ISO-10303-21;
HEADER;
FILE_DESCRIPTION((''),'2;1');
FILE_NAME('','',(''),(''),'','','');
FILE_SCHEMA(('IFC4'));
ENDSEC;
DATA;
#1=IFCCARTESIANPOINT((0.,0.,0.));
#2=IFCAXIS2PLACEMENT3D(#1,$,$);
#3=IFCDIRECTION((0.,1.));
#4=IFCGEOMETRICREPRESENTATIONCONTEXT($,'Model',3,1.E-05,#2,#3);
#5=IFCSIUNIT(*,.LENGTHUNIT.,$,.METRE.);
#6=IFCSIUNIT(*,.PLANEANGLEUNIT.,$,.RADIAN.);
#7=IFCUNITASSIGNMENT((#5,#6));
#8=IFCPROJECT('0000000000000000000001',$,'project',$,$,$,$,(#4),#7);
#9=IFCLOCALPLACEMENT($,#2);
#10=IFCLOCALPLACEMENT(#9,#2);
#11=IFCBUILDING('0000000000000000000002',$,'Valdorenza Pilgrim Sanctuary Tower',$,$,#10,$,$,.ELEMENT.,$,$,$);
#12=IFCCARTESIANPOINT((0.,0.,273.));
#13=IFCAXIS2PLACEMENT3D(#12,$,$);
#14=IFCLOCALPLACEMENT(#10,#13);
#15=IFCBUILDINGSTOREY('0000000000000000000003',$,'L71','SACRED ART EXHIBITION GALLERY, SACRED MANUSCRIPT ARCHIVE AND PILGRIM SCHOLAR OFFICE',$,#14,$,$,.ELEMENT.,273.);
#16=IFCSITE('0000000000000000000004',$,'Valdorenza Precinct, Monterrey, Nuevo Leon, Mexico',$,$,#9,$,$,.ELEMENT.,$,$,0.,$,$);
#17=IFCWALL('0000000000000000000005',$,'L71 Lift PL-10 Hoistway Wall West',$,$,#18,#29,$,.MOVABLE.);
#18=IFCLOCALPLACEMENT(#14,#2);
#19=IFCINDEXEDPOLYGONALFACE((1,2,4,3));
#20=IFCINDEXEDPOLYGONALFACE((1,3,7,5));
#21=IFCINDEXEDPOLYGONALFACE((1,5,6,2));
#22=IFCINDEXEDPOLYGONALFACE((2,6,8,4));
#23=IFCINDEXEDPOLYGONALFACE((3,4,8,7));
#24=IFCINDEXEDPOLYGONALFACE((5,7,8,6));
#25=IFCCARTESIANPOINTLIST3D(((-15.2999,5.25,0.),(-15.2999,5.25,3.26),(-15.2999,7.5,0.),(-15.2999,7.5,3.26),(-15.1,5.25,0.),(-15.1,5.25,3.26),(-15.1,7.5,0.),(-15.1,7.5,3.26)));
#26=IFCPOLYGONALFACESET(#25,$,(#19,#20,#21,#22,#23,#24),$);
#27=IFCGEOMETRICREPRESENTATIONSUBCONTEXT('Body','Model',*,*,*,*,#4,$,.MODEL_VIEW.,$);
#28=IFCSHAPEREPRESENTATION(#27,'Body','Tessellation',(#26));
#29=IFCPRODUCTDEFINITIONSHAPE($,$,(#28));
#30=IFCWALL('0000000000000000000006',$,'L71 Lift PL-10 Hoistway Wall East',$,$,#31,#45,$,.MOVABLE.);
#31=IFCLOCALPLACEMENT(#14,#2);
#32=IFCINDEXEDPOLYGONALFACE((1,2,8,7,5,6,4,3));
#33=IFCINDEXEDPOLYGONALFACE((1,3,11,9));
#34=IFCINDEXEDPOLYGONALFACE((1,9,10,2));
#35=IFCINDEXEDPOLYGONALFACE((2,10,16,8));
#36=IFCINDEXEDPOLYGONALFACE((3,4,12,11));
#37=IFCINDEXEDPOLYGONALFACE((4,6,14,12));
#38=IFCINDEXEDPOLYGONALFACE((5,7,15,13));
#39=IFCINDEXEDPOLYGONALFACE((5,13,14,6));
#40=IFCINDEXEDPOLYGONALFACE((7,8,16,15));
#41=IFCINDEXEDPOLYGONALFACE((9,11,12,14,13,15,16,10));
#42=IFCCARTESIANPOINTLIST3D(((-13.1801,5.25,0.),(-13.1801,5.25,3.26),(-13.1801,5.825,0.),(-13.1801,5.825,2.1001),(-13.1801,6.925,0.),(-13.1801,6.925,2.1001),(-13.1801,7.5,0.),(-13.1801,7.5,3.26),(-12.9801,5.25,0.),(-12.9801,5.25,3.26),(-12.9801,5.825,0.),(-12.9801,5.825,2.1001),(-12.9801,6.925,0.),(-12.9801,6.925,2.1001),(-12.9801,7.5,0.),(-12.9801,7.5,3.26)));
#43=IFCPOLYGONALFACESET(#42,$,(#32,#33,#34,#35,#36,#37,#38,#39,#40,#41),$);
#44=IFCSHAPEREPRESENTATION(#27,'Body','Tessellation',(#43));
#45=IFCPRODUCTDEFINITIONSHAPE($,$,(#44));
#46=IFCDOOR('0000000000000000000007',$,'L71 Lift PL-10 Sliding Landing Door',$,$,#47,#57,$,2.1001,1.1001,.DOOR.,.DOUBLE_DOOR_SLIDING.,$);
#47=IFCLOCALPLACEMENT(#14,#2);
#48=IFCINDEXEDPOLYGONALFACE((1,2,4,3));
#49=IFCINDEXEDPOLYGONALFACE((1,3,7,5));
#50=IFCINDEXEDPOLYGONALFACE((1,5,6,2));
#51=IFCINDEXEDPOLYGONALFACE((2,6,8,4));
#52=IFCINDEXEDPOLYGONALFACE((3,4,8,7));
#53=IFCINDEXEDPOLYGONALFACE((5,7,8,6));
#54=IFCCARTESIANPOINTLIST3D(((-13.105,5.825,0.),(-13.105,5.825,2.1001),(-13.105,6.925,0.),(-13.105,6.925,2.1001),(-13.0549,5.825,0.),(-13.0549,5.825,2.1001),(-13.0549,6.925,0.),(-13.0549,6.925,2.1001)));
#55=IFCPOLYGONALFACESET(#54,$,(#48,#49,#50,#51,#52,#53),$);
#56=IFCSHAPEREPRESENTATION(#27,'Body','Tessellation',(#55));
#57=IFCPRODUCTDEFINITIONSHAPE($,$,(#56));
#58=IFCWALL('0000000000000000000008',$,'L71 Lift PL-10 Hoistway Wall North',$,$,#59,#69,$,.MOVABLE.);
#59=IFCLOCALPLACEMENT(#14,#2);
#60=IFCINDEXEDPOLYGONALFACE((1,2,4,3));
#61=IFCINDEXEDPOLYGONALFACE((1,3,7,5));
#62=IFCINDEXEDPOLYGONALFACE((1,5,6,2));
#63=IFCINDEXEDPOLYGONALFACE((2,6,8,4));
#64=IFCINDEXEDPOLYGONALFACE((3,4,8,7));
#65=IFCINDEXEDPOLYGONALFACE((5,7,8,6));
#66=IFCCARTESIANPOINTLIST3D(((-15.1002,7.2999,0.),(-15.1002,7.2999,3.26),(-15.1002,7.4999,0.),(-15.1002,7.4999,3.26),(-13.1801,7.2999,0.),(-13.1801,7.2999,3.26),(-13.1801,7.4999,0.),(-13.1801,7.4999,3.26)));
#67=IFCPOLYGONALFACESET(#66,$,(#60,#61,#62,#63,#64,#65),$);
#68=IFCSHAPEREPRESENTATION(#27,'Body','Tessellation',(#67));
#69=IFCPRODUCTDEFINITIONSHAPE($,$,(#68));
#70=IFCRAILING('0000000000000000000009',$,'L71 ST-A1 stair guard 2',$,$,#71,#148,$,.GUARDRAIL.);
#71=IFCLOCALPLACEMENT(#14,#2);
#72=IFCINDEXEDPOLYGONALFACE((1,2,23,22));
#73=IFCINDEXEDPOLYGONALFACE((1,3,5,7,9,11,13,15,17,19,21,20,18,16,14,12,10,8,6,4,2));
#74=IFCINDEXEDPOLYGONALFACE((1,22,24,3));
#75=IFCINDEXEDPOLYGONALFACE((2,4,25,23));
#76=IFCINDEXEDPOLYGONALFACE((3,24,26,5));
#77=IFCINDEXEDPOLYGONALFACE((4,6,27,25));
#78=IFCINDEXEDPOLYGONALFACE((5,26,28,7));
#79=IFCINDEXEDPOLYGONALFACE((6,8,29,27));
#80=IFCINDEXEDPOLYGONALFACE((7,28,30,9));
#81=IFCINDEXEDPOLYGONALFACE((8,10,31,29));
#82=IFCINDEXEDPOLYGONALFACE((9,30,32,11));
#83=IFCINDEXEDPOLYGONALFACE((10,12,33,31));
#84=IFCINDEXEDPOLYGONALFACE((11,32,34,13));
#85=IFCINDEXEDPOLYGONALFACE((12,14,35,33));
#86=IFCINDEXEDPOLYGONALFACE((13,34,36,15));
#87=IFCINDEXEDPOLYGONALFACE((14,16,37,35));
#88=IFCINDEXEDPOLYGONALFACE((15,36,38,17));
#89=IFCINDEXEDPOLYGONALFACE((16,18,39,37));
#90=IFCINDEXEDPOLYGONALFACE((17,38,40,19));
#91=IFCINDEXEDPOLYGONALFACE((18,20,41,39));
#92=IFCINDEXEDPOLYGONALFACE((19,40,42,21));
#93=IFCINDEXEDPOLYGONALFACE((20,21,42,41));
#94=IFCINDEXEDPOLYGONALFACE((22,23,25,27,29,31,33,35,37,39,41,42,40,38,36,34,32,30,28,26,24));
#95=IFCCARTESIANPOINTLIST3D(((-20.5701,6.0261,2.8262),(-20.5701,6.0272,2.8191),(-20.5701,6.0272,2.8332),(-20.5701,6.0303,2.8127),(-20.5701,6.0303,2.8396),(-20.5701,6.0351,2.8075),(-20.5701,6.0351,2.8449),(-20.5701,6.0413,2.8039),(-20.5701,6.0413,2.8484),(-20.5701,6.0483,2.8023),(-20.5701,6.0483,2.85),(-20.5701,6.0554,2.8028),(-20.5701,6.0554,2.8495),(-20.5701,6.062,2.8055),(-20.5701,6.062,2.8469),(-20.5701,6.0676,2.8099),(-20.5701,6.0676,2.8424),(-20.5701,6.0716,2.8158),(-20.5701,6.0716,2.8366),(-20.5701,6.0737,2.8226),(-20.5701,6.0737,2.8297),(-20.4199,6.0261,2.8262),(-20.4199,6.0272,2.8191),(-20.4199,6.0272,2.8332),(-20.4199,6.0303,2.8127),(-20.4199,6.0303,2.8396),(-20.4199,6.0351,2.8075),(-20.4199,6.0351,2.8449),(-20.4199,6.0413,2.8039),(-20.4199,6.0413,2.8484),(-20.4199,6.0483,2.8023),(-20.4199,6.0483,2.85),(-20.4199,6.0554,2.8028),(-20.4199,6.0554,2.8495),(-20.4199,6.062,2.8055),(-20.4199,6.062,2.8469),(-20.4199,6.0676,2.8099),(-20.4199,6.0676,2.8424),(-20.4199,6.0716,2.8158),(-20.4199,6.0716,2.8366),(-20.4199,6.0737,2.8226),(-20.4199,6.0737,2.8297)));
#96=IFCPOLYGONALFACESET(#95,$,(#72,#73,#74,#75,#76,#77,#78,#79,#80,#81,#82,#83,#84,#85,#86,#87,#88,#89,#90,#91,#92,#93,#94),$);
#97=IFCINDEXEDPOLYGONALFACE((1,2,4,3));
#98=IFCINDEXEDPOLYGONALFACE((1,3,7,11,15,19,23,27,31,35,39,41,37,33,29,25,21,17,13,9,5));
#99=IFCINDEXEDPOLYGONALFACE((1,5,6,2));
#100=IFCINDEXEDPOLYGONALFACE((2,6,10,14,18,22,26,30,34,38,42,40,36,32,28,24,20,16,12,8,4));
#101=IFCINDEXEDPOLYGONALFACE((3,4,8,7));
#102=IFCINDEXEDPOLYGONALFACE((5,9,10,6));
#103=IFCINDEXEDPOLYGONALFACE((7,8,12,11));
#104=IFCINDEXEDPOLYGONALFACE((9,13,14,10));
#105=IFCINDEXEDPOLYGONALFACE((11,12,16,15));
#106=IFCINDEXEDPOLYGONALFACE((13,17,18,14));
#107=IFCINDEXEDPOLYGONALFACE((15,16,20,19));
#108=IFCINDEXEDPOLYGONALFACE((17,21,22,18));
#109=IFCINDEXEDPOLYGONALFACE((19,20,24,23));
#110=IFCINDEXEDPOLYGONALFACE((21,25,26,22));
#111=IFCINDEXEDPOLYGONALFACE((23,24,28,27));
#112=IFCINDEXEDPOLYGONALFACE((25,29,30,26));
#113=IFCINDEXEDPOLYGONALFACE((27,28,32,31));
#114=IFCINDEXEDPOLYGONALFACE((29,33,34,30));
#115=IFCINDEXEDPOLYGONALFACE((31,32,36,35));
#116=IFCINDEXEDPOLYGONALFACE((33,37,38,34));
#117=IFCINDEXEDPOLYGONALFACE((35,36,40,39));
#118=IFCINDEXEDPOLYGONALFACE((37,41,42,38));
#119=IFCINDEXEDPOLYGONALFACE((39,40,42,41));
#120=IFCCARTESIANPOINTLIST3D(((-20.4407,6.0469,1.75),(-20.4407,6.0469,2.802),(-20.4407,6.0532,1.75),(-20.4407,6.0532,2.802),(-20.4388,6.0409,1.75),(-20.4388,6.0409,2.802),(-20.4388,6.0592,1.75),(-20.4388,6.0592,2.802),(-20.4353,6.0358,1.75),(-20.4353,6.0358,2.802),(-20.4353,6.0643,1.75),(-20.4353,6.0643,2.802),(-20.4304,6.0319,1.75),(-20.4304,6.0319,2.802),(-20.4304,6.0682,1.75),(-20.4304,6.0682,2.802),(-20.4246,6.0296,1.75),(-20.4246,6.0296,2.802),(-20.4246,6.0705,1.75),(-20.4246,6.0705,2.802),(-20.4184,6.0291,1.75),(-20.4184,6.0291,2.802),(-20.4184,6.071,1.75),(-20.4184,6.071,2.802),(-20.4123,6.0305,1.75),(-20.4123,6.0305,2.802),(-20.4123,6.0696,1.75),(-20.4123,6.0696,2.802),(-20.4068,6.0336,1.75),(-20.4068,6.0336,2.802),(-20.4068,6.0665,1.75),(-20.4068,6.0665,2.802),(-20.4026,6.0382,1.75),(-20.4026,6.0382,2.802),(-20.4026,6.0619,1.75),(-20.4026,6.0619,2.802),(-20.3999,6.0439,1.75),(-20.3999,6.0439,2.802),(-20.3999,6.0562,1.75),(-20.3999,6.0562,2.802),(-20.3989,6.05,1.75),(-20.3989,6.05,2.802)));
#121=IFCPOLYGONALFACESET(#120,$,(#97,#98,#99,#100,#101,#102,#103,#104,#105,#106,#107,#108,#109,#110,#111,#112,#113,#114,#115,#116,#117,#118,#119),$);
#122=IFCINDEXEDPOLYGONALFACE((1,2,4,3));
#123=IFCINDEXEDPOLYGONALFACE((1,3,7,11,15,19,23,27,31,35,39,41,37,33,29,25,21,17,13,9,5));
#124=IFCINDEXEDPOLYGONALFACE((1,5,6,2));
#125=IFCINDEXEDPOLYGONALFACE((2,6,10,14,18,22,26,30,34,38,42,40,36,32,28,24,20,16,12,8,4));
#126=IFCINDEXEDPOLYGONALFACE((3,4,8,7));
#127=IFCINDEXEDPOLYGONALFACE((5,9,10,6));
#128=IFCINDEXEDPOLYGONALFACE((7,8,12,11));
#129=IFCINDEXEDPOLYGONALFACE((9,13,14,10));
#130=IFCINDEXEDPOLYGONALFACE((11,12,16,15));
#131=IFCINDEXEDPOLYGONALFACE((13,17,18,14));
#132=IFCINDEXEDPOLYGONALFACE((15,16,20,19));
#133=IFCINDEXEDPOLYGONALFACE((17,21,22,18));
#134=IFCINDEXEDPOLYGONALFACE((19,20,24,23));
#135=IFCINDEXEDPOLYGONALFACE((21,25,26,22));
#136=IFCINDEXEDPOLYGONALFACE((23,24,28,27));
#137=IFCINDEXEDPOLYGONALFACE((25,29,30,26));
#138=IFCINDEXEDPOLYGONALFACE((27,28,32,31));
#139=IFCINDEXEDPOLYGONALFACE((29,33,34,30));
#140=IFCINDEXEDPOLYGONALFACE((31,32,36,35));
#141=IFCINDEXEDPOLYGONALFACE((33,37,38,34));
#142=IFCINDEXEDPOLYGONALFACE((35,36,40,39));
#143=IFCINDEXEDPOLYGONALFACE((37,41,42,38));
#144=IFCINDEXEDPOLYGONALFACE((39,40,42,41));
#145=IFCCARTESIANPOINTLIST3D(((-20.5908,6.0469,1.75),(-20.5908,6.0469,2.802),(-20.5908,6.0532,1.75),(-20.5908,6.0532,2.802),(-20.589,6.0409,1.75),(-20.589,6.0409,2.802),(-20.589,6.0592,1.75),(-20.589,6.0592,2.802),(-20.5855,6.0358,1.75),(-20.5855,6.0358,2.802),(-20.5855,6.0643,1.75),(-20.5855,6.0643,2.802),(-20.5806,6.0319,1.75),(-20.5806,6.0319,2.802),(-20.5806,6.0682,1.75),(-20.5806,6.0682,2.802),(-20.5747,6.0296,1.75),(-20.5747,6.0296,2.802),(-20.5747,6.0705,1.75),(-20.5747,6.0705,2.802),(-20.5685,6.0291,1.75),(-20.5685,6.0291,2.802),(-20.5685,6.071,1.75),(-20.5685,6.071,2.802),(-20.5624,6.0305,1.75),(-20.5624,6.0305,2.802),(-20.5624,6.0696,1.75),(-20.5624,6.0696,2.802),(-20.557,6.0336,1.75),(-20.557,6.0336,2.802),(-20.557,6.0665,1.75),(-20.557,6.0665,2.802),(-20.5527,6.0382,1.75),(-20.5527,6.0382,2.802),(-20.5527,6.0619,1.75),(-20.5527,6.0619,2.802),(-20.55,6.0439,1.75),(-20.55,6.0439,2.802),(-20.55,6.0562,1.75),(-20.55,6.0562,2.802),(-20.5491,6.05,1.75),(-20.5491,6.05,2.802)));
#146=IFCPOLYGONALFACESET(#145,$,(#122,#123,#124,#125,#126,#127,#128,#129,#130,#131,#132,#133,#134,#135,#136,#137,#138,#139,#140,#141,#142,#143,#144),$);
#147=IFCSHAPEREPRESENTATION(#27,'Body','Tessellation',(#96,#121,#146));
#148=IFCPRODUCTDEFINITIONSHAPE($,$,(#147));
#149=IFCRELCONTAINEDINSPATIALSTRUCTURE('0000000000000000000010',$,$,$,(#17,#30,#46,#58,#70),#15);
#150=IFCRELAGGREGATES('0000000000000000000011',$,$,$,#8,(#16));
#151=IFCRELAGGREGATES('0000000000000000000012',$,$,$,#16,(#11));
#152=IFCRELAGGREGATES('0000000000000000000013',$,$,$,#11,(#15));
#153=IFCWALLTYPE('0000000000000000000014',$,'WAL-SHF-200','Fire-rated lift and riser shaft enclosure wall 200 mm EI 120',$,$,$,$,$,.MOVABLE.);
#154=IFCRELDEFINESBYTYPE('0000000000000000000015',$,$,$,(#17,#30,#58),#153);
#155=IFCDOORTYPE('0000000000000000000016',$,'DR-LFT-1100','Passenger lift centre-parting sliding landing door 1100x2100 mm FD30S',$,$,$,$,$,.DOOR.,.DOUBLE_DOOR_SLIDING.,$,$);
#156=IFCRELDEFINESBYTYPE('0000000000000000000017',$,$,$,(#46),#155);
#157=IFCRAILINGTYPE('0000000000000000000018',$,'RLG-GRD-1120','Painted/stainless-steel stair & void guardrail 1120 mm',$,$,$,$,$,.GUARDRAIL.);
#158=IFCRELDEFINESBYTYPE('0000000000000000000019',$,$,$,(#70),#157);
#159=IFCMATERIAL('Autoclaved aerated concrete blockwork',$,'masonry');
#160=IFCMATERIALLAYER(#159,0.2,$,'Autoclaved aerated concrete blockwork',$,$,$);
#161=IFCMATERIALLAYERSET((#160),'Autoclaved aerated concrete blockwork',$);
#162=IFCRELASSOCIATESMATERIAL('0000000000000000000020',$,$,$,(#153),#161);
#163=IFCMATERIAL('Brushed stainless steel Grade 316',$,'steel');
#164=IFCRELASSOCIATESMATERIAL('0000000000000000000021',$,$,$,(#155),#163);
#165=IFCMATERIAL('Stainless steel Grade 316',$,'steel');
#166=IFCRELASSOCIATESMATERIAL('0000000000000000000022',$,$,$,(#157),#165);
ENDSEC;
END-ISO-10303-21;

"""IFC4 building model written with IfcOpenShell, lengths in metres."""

from ifc_helpers import new_model, si_unit, direction, frame, frame_2d, origin, origin_2d, place, context, subcontext, project, spatial, rectangle, circle, extrude, material, layer, layer_set, type_object, element, fill, save


model = new_model("IFC4")

# Units and contexts
model_context = context("Model", 3, precision=1e-05, world=origin(), true_north=direction((0.0, 1.0)))
body_context = subcontext(model_context, "Body", "Model", "MODEL_VIEW")
ifc_project = project(units=[si_unit("LENGTHUNIT", "METRE"), si_unit("PLANEANGLEUNIT", "RADIAN")], contexts=[model_context])

# Site, building, storey
site_placement = place(None, origin())
site = spatial("IfcSite", under=ifc_project, at=site_placement, Name="Valdorenza Precinct, Monterrey, Nuevo Leon, Mexico", CompositionType="ELEMENT", RefElevation=0.0)
building_placement = place(site_placement, origin())
building = spatial("IfcBuilding", under=site, at=building_placement, Name="Valdorenza Pilgrim Sanctuary Tower", CompositionType="ELEMENT")
storey_placement = place(building_placement, frame((0.0, 0.0, 273.0)))
storey = spatial("IfcBuildingStorey", under=building, at=storey_placement, Name="L71", Description="SACRED ART EXHIBITION GALLERY, SACRED MANUSCRIPT ARCHIVE AND PILGRIM SCHOLAR OFFICE", CompositionType="ELEMENT", Elevation=273.0)

# Shared definitions
ifc_material_1 = material(Name="Autoclaved aerated concrete blockwork", Category="masonry")
ifc_layer_1 = layer(ifc_material_1, 0.2, Name="Autoclaved aerated concrete blockwork")
ifc_layer_set_1 = layer_set([ifc_layer_1], Name="Autoclaved aerated concrete blockwork")
wall_type_1 = type_object("IfcWallType", Name="WAL-SHF-200", Description="Fire-rated lift and riser shaft enclosure wall 200 mm EI 120", PredefinedType="MOVABLE", material=ifc_layer_set_1)
ifc_material_2 = material(Name="Brushed stainless steel Grade 316", Category="steel")

# Wall
wall_1_placement = place(storey_placement, frame((-15.2, 5.25, 0.0), z_axis=(0.0, 0.0, 1.0), x_axis=(0.0, 1.0, 0.0)))
element("IfcWall", 1, at=wall_1_placement, inside=storey, type_object=wall_type_1, Name="L71 Lift PL-10 Hoistway Wall West", PredefinedType="MOVABLE", context=body_context, shape_type="SweptSolid", body=[
    extrude(rectangle(XDim=2.25, YDim=0.2, at=frame_2d((1.125, 0.0))), origin(), (0.0, 0.0, 1.0), 3.26),
])

# Wall, opening, door
wall_2_placement = place(storey_placement, frame((-13.0801, 5.25, 0.0), z_axis=(0.0, 0.0, 1.0), x_axis=(0.0, 1.0, 0.0)))
wall_2 = element("IfcWall", 2, at=wall_2_placement, inside=storey, type_object=wall_type_1, Name="L71 Lift PL-10 Hoistway Wall East", PredefinedType="MOVABLE", context=body_context, shape_type="SweptSolid", body=[
    extrude(rectangle(XDim=2.25, YDim=0.2, at=frame_2d((1.125, 0.0))), origin(), (0.0, 0.0, 1.0), 3.26),
])
opening_1_placement = place(wall_2_placement, frame((0.575, 0.0, 0.0)))
opening_1 = element("IfcOpeningElement", 3, at=opening_1_placement, cuts=wall_2, PredefinedType="OPENING", context=body_context, shape_type="SweptSolid", body=[
    extrude(rectangle(XDim=1.1001, YDim=2.1001, at=frame_2d((0.55, 1.05))), frame((0.0, 0.1147, 0.0), z_axis=(0.0, -1.0, 0.0), x_axis=(1.0, 0.0, 0.0)), (0.0, 0.0, 1.0), 0.2297),
])
door_type_1 = type_object("IfcDoorType", Name="DR-LFT-1100", Description="Passenger lift centre-parting sliding landing door 1100x2100 mm FD30S", OperationType="DOUBLE_DOOR_SLIDING", PredefinedType="DOOR", material=ifc_material_2)
door_1_placement = place(opening_1_placement, origin())
door_1 = element("IfcDoor", 4, at=door_1_placement, inside=storey, type_object=door_type_1, Name="L71 Lift PL-10 Sliding Landing Door", OperationType="DOUBLE_DOOR_SLIDING", OverallHeight=2.1001, OverallWidth=1.1001, PredefinedType="DOOR", context=body_context, shape_type="SweptSolid", body=[
    extrude(rectangle(XDim=1.1001, YDim=2.1001, at=frame_2d((0.55, 1.05))), frame((0.0, 0.0249, 0.0), z_axis=(0.0, -1.0, 0.0), x_axis=(1.0, 0.0, 0.0)), (0.0, 0.0, 1.0), 0.05),
])
fill(opening_1, door_1)

# Wall
wall_3_placement = place(storey_placement, frame((-15.1001, 7.3999, 0.0), z_axis=(0.0, 0.0, 1.0), x_axis=(1.0, 0.0, 0.0)))
element("IfcWall", 5, at=wall_3_placement, inside=storey, type_object=wall_type_1, Name="L71 Lift PL-10 Hoistway Wall North", PredefinedType="MOVABLE", context=body_context, shape_type="SweptSolid", body=[
    extrude(rectangle(XDim=1.9202, YDim=0.2, at=frame_2d((0.96, 0.0))), origin(), (0.0, 0.0, 1.0), 3.26),
])

# Railing
ifc_material_3 = material(Name="Stainless steel Grade 316", Category="steel")
railing_type = type_object("IfcRailingType", Name="RLG-GRD-1120", Description="Painted/stainless-steel stair & void guardrail 1120 mm", PredefinedType="GUARDRAIL", material=ifc_material_3)
railing_placement = place(storey_placement, frame((-20.4199, 6.05, 1.75)))
element("IfcRailing", 6, at=railing_placement, inside=storey, type_object=railing_type, Name="L71 ST-A1 stair guard 2", PredefinedType="GUARDRAIL", context=body_context, shape_type="SweptSolid", body=[
    extrude(circle(Radius=0.0239, at=origin_2d()), frame((0.0, 0.0, 1.0762), z_axis=(-1.0, 0.0, 0.0), x_axis=(0.0, -1.0, 0.0)), (0.0, 0.0, 1.0), 0.1501),
    extrude(circle(Radius=0.021, at=origin_2d()), origin(), (0.0, 0.0, 1.0), 1.052),
    extrude(circle(Radius=0.021, at=origin_2d()), frame((-0.1501, 0.0, 0.0)), (0.0, 0.0, 1.0), 1.052),
])

save(model, "model.ifc")
